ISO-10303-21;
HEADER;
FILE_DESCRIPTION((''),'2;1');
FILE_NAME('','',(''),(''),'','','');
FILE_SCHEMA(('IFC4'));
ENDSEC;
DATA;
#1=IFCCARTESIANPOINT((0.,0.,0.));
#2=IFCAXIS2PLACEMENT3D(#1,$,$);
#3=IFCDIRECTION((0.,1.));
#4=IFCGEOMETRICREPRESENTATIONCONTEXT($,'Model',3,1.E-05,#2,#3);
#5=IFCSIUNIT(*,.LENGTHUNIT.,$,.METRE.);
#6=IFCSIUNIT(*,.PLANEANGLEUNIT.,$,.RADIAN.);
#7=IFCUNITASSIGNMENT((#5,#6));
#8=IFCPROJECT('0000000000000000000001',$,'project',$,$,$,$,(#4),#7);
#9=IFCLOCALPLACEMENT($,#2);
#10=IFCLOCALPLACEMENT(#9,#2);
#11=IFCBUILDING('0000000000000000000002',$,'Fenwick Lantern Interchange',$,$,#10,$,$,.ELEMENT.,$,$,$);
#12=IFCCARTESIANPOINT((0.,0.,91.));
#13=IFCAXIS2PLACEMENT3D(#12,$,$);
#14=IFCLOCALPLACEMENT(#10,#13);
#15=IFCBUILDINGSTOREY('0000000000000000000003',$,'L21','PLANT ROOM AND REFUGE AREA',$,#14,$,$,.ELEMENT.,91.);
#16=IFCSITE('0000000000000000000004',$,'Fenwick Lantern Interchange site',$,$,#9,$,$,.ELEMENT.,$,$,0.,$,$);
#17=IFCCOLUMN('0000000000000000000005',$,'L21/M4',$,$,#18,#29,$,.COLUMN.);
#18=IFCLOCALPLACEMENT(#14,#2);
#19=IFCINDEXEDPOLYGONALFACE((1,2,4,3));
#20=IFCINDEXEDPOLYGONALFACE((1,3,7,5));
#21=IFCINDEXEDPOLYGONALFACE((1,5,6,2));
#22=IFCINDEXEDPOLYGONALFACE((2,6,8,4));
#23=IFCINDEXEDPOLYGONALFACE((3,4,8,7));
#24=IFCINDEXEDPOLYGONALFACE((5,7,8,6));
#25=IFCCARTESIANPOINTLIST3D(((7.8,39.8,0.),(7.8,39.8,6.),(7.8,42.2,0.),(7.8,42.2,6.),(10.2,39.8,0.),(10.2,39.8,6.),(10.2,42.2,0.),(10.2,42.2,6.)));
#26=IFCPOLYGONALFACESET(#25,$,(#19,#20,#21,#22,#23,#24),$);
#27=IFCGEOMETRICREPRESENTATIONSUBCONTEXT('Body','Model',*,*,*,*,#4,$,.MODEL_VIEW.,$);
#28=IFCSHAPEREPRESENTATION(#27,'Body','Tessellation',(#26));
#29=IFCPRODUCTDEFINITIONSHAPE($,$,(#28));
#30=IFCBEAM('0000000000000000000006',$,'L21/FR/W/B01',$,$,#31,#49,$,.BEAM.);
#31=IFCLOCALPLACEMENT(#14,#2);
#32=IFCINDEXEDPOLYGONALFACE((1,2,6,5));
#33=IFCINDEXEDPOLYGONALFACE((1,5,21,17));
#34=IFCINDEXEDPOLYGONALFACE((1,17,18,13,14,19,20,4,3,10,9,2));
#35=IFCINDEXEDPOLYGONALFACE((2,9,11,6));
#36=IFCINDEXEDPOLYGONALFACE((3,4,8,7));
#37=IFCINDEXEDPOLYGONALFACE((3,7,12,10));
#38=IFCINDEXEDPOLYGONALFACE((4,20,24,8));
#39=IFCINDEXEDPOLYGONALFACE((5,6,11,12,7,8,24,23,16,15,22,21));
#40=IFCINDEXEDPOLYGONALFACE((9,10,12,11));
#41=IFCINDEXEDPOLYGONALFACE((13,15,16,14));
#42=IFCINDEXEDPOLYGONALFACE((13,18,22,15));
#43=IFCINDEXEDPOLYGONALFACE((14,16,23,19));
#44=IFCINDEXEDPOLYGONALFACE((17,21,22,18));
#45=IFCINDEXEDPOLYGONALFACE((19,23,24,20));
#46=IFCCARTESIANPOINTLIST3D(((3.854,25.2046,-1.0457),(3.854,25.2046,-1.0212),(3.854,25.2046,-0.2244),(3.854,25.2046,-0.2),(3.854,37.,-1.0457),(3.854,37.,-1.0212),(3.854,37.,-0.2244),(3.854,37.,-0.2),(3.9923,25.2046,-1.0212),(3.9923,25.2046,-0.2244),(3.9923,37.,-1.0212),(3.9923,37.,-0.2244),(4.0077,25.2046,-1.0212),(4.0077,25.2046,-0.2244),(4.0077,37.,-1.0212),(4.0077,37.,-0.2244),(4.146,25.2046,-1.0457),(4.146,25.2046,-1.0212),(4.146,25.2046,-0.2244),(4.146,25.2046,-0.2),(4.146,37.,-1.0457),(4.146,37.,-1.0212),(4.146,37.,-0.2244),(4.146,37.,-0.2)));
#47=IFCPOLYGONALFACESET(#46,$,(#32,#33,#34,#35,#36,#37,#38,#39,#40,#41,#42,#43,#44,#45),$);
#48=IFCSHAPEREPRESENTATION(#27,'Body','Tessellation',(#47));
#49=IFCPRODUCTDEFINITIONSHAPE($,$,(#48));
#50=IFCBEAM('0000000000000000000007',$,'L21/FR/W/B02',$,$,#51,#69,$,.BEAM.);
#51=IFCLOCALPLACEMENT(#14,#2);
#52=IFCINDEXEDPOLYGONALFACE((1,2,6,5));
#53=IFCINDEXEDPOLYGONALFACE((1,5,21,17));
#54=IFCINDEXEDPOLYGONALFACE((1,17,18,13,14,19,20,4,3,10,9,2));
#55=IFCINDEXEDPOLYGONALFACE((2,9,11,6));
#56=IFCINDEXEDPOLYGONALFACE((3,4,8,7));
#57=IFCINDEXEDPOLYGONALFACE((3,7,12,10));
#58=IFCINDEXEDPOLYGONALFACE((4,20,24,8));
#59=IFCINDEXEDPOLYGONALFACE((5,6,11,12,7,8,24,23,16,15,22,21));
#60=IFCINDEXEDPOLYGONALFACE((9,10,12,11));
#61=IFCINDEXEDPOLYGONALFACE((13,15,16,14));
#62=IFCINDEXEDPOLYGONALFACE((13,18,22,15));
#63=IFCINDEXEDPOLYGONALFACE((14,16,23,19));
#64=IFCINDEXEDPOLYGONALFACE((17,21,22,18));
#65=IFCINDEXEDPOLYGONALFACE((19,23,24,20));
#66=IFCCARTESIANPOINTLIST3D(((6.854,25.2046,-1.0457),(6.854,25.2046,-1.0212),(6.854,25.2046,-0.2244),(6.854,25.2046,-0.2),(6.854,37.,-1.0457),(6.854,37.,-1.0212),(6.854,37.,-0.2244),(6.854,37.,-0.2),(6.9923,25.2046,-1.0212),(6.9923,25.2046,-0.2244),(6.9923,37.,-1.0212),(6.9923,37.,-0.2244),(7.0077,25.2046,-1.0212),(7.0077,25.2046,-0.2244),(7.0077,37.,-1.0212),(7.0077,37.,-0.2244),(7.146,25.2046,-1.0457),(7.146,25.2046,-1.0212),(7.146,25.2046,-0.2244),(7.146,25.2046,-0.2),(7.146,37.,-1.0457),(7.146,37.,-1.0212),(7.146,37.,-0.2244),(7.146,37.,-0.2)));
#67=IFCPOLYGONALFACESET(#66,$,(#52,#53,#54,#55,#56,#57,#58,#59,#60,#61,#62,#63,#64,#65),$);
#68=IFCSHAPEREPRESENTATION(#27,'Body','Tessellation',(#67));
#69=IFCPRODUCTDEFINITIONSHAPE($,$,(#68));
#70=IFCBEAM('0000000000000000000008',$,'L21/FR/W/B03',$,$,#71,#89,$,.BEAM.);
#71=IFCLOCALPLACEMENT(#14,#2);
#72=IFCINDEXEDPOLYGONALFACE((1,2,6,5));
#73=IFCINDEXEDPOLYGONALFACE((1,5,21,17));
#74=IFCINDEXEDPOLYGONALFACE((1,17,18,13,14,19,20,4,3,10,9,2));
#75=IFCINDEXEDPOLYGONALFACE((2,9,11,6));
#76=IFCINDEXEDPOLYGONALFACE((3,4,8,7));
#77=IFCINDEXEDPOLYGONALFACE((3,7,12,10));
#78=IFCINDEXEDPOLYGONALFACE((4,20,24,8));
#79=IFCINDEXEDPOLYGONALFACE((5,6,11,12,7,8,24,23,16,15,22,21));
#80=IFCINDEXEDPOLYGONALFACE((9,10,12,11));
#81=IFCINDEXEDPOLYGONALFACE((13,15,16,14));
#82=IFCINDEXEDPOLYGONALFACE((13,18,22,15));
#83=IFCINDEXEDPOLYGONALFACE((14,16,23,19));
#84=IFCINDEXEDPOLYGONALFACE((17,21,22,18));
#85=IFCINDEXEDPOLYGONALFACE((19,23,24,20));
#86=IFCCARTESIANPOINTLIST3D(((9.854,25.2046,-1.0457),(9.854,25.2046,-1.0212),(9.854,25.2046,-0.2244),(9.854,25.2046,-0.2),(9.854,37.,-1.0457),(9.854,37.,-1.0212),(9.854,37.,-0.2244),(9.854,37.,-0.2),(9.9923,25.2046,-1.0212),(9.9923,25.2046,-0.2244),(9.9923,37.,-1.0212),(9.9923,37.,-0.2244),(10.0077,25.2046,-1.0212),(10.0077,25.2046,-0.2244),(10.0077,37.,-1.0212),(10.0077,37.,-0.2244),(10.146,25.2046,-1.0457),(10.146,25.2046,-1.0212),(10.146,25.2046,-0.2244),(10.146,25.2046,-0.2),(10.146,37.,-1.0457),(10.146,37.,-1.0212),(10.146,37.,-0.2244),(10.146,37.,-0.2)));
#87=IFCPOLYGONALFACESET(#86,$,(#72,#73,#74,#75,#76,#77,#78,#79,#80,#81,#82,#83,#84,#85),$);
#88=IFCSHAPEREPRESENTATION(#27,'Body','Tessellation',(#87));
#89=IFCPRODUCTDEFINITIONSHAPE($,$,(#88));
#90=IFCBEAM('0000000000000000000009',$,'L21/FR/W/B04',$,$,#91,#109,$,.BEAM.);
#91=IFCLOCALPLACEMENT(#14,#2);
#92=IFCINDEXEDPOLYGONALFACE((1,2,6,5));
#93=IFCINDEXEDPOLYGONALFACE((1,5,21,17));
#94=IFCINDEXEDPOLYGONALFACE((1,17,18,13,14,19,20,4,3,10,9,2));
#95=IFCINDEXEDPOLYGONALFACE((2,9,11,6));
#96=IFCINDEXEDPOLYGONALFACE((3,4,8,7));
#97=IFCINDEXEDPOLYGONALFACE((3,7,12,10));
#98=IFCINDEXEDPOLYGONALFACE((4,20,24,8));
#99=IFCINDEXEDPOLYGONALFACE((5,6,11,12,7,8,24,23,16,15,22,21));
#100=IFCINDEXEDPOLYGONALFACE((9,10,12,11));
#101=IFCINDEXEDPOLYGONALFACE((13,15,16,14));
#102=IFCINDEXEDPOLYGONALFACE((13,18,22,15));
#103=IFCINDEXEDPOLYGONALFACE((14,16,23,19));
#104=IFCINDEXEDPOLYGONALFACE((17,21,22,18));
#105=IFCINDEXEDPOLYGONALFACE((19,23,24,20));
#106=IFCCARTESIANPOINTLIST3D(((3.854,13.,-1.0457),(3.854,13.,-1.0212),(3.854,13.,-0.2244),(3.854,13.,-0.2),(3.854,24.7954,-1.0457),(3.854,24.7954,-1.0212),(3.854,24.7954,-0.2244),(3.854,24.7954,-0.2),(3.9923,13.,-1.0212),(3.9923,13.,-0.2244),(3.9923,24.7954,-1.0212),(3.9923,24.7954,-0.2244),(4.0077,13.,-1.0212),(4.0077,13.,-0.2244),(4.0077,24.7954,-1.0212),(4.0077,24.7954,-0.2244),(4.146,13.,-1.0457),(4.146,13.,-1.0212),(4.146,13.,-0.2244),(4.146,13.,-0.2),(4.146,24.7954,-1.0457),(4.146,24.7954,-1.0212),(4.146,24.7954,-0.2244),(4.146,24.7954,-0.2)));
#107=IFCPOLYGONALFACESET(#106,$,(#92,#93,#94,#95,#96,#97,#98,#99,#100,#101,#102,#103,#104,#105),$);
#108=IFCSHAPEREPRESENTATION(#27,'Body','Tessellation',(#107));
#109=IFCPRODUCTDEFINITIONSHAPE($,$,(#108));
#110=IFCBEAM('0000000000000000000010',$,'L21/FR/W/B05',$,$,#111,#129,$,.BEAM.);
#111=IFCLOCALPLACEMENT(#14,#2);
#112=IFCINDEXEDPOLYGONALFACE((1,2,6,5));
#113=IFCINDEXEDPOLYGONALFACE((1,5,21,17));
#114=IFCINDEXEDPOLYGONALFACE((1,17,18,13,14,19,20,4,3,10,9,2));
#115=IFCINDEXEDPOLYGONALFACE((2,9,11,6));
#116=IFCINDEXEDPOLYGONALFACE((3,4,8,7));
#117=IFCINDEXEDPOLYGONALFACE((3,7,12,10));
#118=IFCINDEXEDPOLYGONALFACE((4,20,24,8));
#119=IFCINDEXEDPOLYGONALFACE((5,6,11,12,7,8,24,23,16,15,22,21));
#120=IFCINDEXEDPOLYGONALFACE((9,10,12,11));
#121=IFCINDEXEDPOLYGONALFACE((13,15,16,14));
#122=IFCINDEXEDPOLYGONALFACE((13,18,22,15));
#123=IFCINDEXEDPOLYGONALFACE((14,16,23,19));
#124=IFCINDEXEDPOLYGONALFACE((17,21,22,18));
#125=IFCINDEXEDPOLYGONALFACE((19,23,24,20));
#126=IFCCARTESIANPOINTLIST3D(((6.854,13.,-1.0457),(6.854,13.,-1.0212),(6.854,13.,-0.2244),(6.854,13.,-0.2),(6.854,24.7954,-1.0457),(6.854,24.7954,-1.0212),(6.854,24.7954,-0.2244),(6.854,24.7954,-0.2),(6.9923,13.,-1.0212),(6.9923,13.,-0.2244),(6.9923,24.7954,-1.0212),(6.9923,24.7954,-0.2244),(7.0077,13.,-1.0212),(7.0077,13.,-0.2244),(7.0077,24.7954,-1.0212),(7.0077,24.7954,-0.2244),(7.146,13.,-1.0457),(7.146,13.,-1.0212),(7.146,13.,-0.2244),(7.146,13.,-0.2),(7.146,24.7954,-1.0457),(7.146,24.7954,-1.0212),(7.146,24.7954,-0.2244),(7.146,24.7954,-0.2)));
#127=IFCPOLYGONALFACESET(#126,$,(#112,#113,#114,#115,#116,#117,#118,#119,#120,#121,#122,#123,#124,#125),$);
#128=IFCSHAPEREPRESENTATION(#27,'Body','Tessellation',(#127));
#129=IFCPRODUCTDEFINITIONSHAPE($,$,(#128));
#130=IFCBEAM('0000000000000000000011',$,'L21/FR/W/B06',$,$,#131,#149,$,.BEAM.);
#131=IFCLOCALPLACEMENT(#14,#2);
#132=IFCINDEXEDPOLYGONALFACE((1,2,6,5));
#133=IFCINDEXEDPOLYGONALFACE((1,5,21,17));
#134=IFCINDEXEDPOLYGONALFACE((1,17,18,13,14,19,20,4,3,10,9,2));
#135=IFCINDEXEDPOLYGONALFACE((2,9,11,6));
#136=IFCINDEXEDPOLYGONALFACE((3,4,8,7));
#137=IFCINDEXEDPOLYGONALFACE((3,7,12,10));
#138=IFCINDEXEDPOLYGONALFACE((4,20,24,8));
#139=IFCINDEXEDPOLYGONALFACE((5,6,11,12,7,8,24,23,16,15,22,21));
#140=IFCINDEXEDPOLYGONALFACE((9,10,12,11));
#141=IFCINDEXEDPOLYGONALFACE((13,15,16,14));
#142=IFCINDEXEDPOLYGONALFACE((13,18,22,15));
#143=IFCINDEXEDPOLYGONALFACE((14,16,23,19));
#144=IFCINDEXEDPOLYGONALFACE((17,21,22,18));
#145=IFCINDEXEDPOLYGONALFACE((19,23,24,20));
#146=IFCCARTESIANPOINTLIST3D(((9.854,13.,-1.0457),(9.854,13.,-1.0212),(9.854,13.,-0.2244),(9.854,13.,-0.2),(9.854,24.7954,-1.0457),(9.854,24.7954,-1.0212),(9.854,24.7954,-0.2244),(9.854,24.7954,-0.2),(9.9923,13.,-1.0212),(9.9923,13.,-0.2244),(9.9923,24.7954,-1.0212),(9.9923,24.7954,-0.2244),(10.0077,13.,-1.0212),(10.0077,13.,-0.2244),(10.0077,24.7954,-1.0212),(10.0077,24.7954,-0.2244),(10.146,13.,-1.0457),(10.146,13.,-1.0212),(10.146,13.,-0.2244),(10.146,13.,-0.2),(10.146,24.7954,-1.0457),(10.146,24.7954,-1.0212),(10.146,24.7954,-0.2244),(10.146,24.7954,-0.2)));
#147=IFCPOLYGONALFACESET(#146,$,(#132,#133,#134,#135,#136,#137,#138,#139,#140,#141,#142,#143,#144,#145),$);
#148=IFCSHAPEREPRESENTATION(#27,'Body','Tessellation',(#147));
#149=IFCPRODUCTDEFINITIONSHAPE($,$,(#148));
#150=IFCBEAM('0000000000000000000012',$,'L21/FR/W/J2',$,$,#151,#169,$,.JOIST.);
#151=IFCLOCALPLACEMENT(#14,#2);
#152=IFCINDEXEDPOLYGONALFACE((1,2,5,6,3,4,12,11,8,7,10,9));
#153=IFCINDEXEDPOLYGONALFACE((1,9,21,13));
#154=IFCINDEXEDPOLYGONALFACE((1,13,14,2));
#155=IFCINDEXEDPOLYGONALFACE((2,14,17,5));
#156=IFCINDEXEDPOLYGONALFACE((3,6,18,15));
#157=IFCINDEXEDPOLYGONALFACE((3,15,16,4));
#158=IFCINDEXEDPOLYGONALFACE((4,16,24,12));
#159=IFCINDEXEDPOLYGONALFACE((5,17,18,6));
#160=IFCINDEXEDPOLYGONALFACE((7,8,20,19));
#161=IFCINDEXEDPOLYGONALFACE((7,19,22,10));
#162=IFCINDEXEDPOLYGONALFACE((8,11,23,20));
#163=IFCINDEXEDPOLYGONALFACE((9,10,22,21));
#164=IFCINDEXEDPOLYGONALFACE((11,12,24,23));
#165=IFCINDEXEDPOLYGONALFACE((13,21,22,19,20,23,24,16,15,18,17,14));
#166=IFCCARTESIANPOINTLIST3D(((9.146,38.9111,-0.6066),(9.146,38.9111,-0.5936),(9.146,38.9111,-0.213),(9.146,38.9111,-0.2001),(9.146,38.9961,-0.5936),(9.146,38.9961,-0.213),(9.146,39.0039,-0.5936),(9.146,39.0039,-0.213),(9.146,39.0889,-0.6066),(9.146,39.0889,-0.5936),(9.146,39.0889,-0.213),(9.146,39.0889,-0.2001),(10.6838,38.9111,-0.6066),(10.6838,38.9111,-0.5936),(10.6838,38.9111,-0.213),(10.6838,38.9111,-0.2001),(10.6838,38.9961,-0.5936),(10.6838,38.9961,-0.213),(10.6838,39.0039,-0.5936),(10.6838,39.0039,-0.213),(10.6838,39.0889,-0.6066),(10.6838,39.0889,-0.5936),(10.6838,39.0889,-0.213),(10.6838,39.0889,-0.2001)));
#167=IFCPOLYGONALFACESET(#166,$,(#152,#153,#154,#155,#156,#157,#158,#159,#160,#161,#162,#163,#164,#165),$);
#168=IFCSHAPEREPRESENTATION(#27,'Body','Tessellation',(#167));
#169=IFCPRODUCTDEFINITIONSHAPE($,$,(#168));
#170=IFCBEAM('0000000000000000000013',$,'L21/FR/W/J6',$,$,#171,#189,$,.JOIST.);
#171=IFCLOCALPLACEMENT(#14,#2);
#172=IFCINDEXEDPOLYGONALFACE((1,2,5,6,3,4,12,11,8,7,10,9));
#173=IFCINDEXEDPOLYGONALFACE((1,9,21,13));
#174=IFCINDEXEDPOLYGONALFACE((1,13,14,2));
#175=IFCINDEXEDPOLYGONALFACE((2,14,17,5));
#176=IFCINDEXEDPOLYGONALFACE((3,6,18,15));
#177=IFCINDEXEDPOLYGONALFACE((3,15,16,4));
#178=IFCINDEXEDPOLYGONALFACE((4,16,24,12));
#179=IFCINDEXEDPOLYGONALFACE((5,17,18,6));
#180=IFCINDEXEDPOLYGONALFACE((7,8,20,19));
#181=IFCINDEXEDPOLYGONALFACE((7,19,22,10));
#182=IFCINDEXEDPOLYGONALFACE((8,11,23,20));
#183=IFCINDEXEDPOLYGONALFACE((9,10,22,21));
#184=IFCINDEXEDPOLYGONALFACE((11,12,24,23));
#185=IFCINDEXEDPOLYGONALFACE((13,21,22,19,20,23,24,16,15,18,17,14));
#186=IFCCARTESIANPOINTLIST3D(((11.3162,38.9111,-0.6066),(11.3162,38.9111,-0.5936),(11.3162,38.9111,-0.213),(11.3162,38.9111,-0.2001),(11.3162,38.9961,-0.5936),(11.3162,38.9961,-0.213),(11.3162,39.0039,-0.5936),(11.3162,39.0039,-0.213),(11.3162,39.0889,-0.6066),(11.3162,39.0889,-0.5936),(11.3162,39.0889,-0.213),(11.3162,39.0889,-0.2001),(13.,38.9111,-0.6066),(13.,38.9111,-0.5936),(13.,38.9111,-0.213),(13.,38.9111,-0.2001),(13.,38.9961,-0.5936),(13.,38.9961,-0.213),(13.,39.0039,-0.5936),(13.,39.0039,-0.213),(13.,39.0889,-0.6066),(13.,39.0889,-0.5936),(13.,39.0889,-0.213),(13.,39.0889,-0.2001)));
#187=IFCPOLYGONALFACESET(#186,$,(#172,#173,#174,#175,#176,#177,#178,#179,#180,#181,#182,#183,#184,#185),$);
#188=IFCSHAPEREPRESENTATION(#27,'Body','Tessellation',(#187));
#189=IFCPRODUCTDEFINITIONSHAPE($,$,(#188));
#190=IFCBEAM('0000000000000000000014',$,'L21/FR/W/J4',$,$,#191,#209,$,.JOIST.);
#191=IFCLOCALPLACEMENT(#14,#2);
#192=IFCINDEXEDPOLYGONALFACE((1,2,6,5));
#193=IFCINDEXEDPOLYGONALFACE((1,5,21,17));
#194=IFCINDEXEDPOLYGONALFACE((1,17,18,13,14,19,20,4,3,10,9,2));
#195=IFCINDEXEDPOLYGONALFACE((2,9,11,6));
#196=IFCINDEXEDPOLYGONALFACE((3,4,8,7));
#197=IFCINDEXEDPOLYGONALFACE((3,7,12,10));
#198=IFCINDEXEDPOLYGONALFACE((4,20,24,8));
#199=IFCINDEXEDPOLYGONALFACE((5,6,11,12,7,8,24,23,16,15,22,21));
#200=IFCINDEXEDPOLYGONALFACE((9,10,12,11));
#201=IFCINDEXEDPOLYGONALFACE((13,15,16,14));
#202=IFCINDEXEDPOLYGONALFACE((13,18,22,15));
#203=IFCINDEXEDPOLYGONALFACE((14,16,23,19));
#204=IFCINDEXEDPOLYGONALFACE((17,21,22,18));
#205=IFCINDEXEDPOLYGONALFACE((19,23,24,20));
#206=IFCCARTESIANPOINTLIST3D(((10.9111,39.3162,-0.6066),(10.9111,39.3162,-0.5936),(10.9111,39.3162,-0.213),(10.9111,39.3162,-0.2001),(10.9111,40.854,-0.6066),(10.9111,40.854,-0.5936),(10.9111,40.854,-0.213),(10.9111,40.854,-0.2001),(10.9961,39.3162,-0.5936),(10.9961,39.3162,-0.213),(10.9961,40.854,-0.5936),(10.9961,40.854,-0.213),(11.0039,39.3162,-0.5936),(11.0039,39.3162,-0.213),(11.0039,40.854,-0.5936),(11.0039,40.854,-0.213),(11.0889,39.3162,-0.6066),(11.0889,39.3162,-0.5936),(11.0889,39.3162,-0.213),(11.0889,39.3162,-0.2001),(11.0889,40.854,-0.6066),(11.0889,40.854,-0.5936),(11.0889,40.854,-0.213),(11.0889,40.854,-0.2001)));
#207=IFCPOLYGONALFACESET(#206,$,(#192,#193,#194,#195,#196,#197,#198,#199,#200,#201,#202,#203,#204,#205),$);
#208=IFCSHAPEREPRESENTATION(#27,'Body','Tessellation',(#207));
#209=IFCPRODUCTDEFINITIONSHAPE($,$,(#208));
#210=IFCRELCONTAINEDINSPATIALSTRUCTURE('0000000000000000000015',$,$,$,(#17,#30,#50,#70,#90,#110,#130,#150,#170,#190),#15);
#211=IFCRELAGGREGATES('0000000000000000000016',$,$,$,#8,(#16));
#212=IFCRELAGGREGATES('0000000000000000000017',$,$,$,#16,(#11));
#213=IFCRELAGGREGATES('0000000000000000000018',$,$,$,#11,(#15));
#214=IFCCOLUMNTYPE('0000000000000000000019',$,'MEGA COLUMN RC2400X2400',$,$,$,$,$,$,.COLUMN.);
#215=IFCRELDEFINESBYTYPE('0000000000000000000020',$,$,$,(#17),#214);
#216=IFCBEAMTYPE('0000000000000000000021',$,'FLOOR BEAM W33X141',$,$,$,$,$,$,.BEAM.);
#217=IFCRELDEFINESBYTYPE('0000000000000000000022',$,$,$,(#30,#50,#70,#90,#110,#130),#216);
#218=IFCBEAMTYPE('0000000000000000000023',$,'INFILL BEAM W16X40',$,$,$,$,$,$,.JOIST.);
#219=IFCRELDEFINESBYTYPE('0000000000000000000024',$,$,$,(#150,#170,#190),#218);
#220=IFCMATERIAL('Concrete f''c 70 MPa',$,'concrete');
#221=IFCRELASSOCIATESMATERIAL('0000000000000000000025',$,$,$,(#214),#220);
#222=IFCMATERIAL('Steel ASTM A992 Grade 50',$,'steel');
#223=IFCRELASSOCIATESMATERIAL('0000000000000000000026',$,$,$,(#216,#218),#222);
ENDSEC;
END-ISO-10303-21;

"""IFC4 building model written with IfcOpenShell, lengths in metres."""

from ifc_helpers import new_model, si_unit, direction, frame, origin, origin_2d, place, context, subcontext, project, spatial, rectangle, i_section, extrude, material, material_profile, profile_set, type_object, element, save


model = new_model("IFC4")

# Units and contexts
model_context = context("Model", 3, precision=1e-05, world=origin(), true_north=direction((0.0, 1.0)))
body_context = subcontext(model_context, "Body", "Model", "MODEL_VIEW")
ifc_project = project(units=[si_unit("LENGTHUNIT", "METRE"), si_unit("PLANEANGLEUNIT", "RADIAN")], contexts=[model_context])

# Site, building, storey
site_placement = place(None, origin())
site = spatial("IfcSite", under=ifc_project, at=site_placement, Name="Fenwick Lantern Interchange site", CompositionType="ELEMENT", RefElevation=0.0)
building_placement = place(site_placement, origin())
building = spatial("IfcBuilding", under=site, at=building_placement, Name="Fenwick Lantern Interchange", CompositionType="ELEMENT")
storey_placement = place(building_placement, frame((0.0, 0.0, 91.0)))
storey = spatial("IfcBuildingStorey", under=building, at=storey_placement, Name="L21", Description="PLANT ROOM AND REFUGE AREA", CompositionType="ELEMENT", Elevation=91.0)

# Column
ifc_material_1 = material(Name="Concrete f'c 70 MPa", Category="concrete")
ifc_material_profile_1 = material_profile(ifc_material_1, rectangle(XDim=2.3999, YDim=2.3999, at=origin_2d()), Name="RC2400X2400")
ifc_profile_set_1 = profile_set([ifc_material_profile_1], Name="Concrete f'c 70 MPa")
column_type = type_object("IfcColumnType", Name="MEGA COLUMN RC2400X2400", PredefinedType="COLUMN", material=ifc_profile_set_1)
column_placement = place(storey_placement, frame((9.0, 41.0, 0.0), z_axis=(0.0, 0.0, 1.0), x_axis=(1.0, 0.0, 0.0)))
element("IfcColumn", 1, at=column_placement, inside=storey, type_object=column_type, Name="L21/M4", PredefinedType="COLUMN", context=body_context, shape_type="SweptSolid", body=[
    extrude(rectangle(XDim=2.3999, YDim=2.3999, at=origin_2d()), origin(), (0.0, 0.0, 1.0), 6.0),
])

# Beams
ifc_material_2 = material(Name="Steel ASTM A992 Grade 50", Category="steel")
ifc_material_profile_2 = material_profile(ifc_material_2, i_section(OverallWidth=0.292, OverallDepth=0.8457, WebThickness=0.0154, FlangeThickness=0.0244, at=origin_2d()), Name="W33X141")
ifc_profile_set_2 = profile_set([ifc_material_profile_2], Name="Steel ASTM A992 Grade 50")
beam_type_1 = type_object("IfcBeamType", Name="FLOOR BEAM W33X141", PredefinedType="BEAM", material=ifc_profile_set_2)
for number, where, z_axis, x_axis, name in (
    (2, (4.0, 37.0, -0.6228), (0.0, -1.0, 0.0), (1.0, 0.0, 0.0), "L21/FR/W/B01"),
    (3, (7.0, 37.0, -0.6228), (0.0, -1.0, 0.0), (1.0, 0.0, 0.0), "L21/FR/W/B02"),
    (4, (10.0, 37.0, -0.6228), (0.0, -1.0, 0.0), (1.0, 0.0, 0.0), "L21/FR/W/B03"),
    (5, (4.0, 24.7954, -0.6228), (0.0, -1.0, 0.0), (1.0, 0.0, 0.0), "L21/FR/W/B04"),
    (6, (7.0, 24.7954, -0.6228), (0.0, -1.0, 0.0), (1.0, 0.0, 0.0), "L21/FR/W/B05"),
    (7, (10.0, 24.7954, -0.6228), (0.0, -1.0, 0.0), (1.0, 0.0, 0.0), "L21/FR/W/B06"),
):
    element("IfcBeam", number, at=place(storey_placement, frame(where, z_axis=z_axis, x_axis=x_axis)), inside=storey, type_object=beam_type_1, Name=name, PredefinedType="BEAM", context=body_context, shape_type="SweptSolid", body=[
        extrude(i_section(OverallWidth=0.292, OverallDepth=0.8457, WebThickness=0.0154, FlangeThickness=0.0244, at=origin_2d()), origin(), (0.0, 0.0, 1.0), 11.7954),
    ])
ifc_material_profile_3 = material_profile(ifc_material_2, i_section(OverallWidth=0.1777, OverallDepth=0.4065, WebThickness=0.0078, FlangeThickness=0.0129, at=origin_2d()), Name="W16X40")
ifc_profile_set_3 = profile_set([ifc_material_profile_3], Name="Steel ASTM A992 Grade 50")
beam_type_2 = type_object("IfcBeamType", Name="INFILL BEAM W16X40", PredefinedType="JOIST", material=ifc_profile_set_3)
beam_1_placement = place(storey_placement, frame((9.146, 39.0, -0.4033), z_axis=(1.0, 0.0, 0.0), x_axis=(0.0, 1.0, 0.0)))
element("IfcBeam", 8, at=beam_1_placement, inside=storey, type_object=beam_type_2, Name="L21/FR/W/J2", PredefinedType="JOIST", context=body_context, shape_type="SweptSolid", body=[
    extrude(i_section(OverallWidth=0.1777, OverallDepth=0.4065, WebThickness=0.0078, FlangeThickness=0.0129, at=origin_2d()), origin(), (0.0, 0.0, 1.0), 1.5378),
])
beam_2_placement = place(storey_placement, frame((11.3162, 39.0, -0.4033), z_axis=(1.0, 0.0, 0.0), x_axis=(0.0, 1.0, 0.0)))
element("IfcBeam", 9, at=beam_2_placement, inside=storey, type_object=beam_type_2, Name="L21/FR/W/J6", PredefinedType="JOIST", context=body_context, shape_type="SweptSolid", body=[
    extrude(i_section(OverallWidth=0.1777, OverallDepth=0.4065, WebThickness=0.0078, FlangeThickness=0.0129, at=origin_2d()), origin(), (0.0, 0.0, 1.0), 1.6838),
])
beam_3_placement = place(storey_placement, frame((11.0, 40.854, -0.4033), z_axis=(0.0, -1.0, 0.0), x_axis=(1.0, 0.0, 0.0)))
element("IfcBeam", 10, at=beam_3_placement, inside=storey, type_object=beam_type_2, Name="L21/FR/W/J4", PredefinedType="JOIST", context=body_context, shape_type="SweptSolid", body=[
    extrude(i_section(OverallWidth=0.1777, OverallDepth=0.4065, WebThickness=0.0078, FlangeThickness=0.0129, at=origin_2d()), origin(), (0.0, 0.0, 1.0), 1.5378),
])

save(model, "model.ifc")
